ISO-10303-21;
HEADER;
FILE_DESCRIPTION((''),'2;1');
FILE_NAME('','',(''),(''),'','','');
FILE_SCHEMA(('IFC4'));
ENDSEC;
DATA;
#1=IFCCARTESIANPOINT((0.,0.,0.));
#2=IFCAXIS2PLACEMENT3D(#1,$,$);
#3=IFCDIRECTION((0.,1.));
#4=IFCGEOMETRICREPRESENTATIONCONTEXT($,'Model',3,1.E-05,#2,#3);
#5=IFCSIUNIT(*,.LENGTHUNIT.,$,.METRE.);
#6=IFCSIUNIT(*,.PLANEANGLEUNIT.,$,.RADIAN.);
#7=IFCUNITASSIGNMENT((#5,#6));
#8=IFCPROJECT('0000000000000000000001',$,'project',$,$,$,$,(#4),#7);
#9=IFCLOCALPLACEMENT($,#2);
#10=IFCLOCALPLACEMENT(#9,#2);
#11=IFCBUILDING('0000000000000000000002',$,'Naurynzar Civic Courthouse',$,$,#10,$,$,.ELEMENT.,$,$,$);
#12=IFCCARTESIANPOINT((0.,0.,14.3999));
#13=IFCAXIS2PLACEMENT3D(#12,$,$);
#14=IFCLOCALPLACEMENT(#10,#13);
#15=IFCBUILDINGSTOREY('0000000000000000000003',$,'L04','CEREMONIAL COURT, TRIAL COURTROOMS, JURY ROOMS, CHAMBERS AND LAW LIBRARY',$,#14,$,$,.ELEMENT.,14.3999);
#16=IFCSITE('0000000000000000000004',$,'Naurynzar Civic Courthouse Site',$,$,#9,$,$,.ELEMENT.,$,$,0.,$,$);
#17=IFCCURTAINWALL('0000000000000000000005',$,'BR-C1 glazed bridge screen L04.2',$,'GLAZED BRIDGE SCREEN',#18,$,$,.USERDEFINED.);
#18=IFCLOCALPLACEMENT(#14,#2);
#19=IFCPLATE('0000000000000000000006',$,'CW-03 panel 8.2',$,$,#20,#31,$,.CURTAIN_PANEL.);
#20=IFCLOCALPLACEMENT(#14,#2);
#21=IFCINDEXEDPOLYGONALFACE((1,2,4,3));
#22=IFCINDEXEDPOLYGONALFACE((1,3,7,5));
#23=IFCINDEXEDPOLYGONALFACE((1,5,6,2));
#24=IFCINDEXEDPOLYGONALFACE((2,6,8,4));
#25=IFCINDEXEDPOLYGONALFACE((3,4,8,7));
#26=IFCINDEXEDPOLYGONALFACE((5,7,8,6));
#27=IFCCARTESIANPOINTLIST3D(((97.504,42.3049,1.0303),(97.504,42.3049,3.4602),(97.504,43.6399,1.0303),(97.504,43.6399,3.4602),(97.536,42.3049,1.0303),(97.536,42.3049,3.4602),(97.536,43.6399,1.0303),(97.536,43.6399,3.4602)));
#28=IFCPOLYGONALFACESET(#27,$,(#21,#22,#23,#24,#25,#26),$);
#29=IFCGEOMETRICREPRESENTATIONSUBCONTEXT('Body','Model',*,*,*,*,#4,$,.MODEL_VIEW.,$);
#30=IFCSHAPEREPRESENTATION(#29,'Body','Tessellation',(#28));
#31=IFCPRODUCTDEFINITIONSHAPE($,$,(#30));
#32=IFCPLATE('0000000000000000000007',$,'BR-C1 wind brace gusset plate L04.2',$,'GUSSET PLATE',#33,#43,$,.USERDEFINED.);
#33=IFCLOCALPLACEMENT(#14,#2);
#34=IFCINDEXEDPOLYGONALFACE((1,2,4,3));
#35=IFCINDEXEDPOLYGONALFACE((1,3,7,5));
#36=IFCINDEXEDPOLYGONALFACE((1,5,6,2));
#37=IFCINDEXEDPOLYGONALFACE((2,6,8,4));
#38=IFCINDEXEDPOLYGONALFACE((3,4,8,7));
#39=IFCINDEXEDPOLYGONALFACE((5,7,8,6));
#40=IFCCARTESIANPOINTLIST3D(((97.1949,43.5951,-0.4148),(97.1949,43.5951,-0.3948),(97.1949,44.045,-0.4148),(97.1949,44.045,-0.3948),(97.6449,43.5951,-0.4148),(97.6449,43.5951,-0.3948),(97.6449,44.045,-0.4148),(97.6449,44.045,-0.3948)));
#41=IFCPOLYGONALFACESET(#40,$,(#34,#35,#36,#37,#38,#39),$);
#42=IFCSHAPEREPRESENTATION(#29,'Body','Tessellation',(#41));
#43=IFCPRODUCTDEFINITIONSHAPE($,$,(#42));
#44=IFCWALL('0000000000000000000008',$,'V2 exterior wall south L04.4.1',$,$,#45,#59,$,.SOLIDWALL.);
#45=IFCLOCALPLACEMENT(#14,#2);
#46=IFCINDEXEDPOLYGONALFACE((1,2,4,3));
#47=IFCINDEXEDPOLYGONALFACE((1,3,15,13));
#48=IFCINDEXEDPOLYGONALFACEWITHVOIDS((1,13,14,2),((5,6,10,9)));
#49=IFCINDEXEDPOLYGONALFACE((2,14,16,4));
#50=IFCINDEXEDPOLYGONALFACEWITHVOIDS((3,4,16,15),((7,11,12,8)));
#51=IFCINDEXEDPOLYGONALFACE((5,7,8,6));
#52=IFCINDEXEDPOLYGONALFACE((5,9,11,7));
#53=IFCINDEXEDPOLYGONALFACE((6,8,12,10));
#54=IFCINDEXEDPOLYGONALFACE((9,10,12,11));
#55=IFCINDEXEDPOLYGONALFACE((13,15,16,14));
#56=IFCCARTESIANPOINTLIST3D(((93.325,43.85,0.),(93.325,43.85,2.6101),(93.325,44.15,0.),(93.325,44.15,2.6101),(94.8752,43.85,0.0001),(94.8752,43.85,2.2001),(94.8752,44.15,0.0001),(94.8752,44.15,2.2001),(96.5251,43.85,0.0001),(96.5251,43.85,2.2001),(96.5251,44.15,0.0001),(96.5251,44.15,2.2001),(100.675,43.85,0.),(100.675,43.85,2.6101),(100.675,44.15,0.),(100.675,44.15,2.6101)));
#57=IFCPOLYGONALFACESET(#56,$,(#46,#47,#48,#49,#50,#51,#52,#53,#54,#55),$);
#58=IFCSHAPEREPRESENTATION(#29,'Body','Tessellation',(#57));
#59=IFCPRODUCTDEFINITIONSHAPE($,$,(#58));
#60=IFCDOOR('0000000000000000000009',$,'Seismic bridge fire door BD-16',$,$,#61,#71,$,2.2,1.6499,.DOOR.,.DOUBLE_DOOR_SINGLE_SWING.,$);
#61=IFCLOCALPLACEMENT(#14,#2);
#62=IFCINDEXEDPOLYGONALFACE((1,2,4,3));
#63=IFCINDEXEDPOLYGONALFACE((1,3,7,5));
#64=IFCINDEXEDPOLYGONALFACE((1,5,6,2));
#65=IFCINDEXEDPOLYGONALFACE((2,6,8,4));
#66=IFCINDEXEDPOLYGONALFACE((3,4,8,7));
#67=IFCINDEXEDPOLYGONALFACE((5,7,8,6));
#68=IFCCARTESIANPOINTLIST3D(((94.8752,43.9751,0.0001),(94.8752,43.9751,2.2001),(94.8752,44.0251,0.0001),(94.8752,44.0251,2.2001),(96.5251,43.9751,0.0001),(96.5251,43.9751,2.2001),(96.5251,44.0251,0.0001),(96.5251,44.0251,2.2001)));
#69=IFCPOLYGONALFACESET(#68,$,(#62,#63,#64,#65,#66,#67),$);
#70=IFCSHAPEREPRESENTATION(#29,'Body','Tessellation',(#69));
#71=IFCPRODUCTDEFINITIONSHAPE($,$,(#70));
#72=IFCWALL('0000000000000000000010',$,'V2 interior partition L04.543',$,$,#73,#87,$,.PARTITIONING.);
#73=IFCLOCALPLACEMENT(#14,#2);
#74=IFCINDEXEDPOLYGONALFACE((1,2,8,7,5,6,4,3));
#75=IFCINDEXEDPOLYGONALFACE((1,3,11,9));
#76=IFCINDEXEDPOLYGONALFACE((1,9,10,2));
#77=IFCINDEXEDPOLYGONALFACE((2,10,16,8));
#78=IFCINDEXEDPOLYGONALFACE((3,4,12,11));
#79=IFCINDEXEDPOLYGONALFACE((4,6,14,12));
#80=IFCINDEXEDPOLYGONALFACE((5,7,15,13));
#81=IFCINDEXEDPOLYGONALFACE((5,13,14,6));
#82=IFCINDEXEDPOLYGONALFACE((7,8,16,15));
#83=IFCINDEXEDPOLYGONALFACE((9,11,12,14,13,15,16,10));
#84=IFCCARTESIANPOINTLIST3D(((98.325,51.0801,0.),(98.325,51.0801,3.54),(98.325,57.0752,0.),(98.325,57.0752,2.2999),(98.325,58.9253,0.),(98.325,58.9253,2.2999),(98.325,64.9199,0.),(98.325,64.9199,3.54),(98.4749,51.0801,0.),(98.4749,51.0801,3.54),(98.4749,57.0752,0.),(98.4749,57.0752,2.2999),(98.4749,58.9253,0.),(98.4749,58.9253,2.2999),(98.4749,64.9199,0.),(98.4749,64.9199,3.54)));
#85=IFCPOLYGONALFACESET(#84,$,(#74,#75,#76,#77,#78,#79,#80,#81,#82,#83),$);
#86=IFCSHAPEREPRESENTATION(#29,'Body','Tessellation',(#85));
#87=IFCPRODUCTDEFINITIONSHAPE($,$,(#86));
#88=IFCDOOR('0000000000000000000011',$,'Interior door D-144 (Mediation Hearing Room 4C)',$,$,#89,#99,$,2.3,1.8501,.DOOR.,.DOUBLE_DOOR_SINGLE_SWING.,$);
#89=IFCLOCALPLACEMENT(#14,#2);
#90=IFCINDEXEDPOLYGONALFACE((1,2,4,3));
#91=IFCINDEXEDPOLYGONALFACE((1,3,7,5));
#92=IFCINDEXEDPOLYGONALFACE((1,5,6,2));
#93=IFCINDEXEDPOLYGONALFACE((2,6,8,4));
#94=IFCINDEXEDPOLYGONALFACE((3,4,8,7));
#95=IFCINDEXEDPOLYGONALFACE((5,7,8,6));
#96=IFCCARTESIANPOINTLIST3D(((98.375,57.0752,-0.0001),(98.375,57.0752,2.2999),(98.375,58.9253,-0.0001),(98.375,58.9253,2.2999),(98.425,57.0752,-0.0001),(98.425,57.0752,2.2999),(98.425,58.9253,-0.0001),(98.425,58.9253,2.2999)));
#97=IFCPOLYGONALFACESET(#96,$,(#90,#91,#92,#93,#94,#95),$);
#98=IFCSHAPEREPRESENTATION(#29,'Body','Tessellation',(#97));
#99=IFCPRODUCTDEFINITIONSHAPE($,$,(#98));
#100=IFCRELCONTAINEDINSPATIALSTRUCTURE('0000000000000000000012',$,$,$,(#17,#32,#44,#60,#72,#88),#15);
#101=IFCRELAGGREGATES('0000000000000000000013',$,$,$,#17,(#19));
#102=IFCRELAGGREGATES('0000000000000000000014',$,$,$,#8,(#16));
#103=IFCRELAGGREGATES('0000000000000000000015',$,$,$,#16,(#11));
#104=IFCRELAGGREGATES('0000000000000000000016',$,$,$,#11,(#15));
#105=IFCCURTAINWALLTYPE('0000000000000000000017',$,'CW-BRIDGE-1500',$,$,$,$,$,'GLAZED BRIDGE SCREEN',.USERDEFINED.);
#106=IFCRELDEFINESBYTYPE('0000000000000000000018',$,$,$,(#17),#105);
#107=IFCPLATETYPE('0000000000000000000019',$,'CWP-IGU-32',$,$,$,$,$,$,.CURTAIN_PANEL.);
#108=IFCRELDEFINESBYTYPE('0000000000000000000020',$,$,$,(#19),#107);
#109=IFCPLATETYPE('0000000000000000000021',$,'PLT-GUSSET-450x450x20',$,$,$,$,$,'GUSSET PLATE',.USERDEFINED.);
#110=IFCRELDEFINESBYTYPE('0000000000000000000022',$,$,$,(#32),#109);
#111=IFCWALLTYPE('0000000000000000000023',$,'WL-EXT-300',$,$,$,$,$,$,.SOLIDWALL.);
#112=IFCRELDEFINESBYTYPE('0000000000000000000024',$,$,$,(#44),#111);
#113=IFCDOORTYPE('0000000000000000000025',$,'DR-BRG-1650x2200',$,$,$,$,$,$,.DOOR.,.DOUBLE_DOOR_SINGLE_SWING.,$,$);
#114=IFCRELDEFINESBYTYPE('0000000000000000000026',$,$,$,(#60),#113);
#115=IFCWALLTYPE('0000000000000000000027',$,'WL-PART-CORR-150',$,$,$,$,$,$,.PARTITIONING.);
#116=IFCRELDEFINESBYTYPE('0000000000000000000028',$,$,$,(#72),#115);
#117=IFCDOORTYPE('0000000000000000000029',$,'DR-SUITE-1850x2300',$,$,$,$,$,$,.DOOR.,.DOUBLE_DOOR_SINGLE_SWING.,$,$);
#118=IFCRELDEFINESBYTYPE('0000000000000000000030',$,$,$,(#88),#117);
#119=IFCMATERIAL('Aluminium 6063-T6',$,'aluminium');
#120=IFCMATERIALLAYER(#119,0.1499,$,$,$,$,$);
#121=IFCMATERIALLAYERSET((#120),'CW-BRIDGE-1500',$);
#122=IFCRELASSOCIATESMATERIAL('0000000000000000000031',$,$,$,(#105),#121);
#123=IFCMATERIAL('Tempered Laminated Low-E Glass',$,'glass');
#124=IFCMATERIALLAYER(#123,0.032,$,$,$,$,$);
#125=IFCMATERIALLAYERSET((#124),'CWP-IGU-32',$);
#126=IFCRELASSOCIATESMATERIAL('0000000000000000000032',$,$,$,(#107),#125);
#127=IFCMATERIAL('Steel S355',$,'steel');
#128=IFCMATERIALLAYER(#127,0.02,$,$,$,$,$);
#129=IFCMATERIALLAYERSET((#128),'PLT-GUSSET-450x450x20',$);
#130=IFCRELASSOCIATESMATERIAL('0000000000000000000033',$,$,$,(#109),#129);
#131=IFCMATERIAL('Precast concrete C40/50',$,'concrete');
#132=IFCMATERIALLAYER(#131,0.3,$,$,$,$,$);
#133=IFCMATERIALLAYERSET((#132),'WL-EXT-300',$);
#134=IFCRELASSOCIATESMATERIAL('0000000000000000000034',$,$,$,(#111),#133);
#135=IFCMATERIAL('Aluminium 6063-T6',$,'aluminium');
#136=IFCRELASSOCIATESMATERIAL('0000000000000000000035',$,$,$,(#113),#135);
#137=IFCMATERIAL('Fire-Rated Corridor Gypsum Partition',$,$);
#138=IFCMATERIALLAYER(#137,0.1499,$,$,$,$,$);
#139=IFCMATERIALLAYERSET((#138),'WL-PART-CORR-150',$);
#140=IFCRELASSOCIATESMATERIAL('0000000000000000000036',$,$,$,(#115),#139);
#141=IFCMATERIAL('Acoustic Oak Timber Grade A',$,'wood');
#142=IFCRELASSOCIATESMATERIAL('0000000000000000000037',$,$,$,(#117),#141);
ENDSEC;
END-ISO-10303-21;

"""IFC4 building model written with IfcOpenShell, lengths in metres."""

from ifc_helpers import new_model, si_unit, direction, frame, frame_2d, origin, origin_2d, place, context, subcontext, project, spatial, rectangle, extrude, material, layer, layer_set, type_object, element, fill, aggregate, save


model = new_model("IFC4")

# Units and contexts
model_context = context("Model", 3, precision=1e-05, world=origin(), true_north=direction((0.0, 1.0)))
body_context = subcontext(model_context, "Body", "Model", "MODEL_VIEW")
ifc_project = project(units=[si_unit("LENGTHUNIT", "METRE"), si_unit("PLANEANGLEUNIT", "RADIAN")], contexts=[model_context])

# Site, building, storey
site_placement = place(None, origin())
site = spatial("IfcSite", under=ifc_project, at=site_placement, Name="Naurynzar Civic Courthouse Site", CompositionType="ELEMENT", RefElevation=0.0)
building_placement = place(site_placement, origin())
building = spatial("IfcBuilding", under=site, at=building_placement, Name="Naurynzar Civic Courthouse", CompositionType="ELEMENT")
storey_placement = place(building_placement, frame((0.0, 0.0, 14.3999)))
storey = spatial("IfcBuildingStorey", under=building, at=storey_placement, Name="L04", Description="CEREMONIAL COURT, TRIAL COURTROOMS, JURY ROOMS, CHAMBERS AND LAW LIBRARY", CompositionType="ELEMENT", Elevation=14.3999)

# Curtain wall
ifc_material_1 = material(Name="Aluminium 6063-T6", Category="aluminium")
ifc_layer_1 = layer(ifc_material_1, 0.1499)
ifc_layer_set_1 = layer_set([ifc_layer_1], Name="CW-BRIDGE-1500")
curtain_wall_type = type_object("IfcCurtainWallType", Name="CW-BRIDGE-1500", ElementType="GLAZED BRIDGE SCREEN", PredefinedType="USERDEFINED", material=ifc_layer_set_1)
curtain_wall_1_placement = place(storey_placement, origin())
curtain_wall_1 = element("IfcCurtainWall", 1, at=curtain_wall_1_placement, inside=storey, type_object=curtain_wall_type, Name="BR-C1 glazed bridge screen L04.2", ObjectType="GLAZED BRIDGE SCREEN", PredefinedType="USERDEFINED")

# Plates
ifc_material_2 = material(Name="Tempered Laminated Low-E Glass", Category="glass")
ifc_layer_2 = layer(ifc_material_2, 0.032)
ifc_layer_set_2 = layer_set([ifc_layer_2], Name="CWP-IGU-32")
plate_type_1 = type_object("IfcPlateType", Name="CWP-IGU-32", PredefinedType="CURTAIN_PANEL", material=ifc_layer_set_2)
plate_1_placement = place(storey_placement, frame((97.52, 42.9724, 1.0303), z_axis=(0.0, 0.0, 1.0), x_axis=(0.0, 1.0, 0.0)))
plate_1 = element("IfcPlate", 2, at=plate_1_placement, type_object=plate_type_1, Name="CW-03 panel 8.2", PredefinedType="CURTAIN_PANEL", context=body_context, shape_type="SweptSolid", body=[
    extrude(rectangle(XDim=1.335, YDim=0.032, at=origin_2d()), origin(), (0.0, 0.0, 1.0), 2.4299),
])
aggregate(curtain_wall_1, [plate_1])
ifc_material_3 = material(Name="Steel S355", Category="steel")
ifc_layer_3 = layer(ifc_material_3, 0.02)
ifc_layer_set_3 = layer_set([ifc_layer_3], Name="PLT-GUSSET-450x450x20")
plate_type_2 = type_object("IfcPlateType", Name="PLT-GUSSET-450x450x20", ElementType="GUSSET PLATE", PredefinedType="USERDEFINED", material=ifc_layer_set_3)
plate_2_placement = place(storey_placement, frame((97.4199, 43.8201, -0.4148), z_axis=(0.0, 0.0, 1.0), x_axis=(1.0, 0.0, 0.0)))
element("IfcPlate", 3, at=plate_2_placement, inside=storey, type_object=plate_type_2, Name="BR-C1 wind brace gusset plate L04.2", ObjectType="GUSSET PLATE", PredefinedType="USERDEFINED", context=body_context, shape_type="SweptSolid", body=[
    extrude(rectangle(XDim=0.45, YDim=0.45, at=origin_2d()), origin(), (0.0, 0.0, 1.0), 0.02),
])

# Walls, openings, doors
ifc_material_4 = material(Name="Precast concrete C40/50", Category="concrete")
ifc_layer_4 = layer(ifc_material_4, 0.3)
ifc_layer_set_4 = layer_set([ifc_layer_4], Name="WL-EXT-300")
wall_type_1 = type_object("IfcWallType", Name="WL-EXT-300", PredefinedType="SOLIDWALL", material=ifc_layer_set_4)
wall_1_placement = place(storey_placement, frame((100.675, 44.0, 0.0), z_axis=(0.0, 0.0, 1.0), x_axis=(-1.0, 0.0, 0.0)))
wall_1 = element("IfcWall", 4, at=wall_1_placement, inside=storey, type_object=wall_type_1, Name="V2 exterior wall south L04.4.1", PredefinedType="SOLIDWALL", context=body_context, shape_type="SweptSolid", body=[
    extrude(rectangle(XDim=7.3501, YDim=0.3, at=frame_2d((3.675, 0.0))), origin(), (0.0, 0.0, 1.0), 2.6101),
])
opening_1_placement = place(wall_1_placement, frame((4.1499, 0.0, 0.0)))
opening_1 = element("IfcOpeningElement", 5, at=opening_1_placement, cuts=wall_1, PredefinedType="OPENING", context=body_context, shape_type="SweptSolid", body=[
    extrude(rectangle(XDim=1.6499, YDim=2.2, at=frame_2d((0.825, 1.1001))), frame((0.0, 0.1599, 0.0), z_axis=(0.0, -1.0, 0.0), x_axis=(1.0, 0.0, 0.0)), (0.0, 0.0, 1.0), 0.3201),
])
ifc_material_5 = material(Name="Aluminium 6063-T6", Category="aluminium")
door_type_1 = type_object("IfcDoorType", Name="DR-BRG-1650x2200", OperationType="DOUBLE_DOOR_SINGLE_SWING", PredefinedType="DOOR", material=ifc_material_5)
door_1_placement = place(opening_1_placement, origin())
door_1 = element("IfcDoor", 6, at=door_1_placement, inside=storey, type_object=door_type_1, Name="Seismic bridge fire door BD-16", OperationType="DOUBLE_DOOR_SINGLE_SWING", OverallHeight=2.2, OverallWidth=1.6499, PredefinedType="DOOR", context=body_context, shape_type="SweptSolid", body=[
    extrude(rectangle(XDim=1.6499, YDim=2.2, at=frame_2d((0.825, 1.1001))), frame((0.0, 0.0249, 0.0), z_axis=(0.0, -1.0, 0.0), x_axis=(1.0, 0.0, 0.0)), (0.0, 0.0, 1.0), 0.05),
])
fill(opening_1, door_1)
ifc_material_6 = material(Name="Fire-Rated Corridor Gypsum Partition")
ifc_layer_5 = layer(ifc_material_6, 0.1499)
ifc_layer_set_5 = layer_set([ifc_layer_5], Name="WL-PART-CORR-150")
wall_type_2 = type_object("IfcWallType", Name="WL-PART-CORR-150", PredefinedType="PARTITIONING", material=ifc_layer_set_5)
wall_2_placement = place(storey_placement, frame((98.3999, 51.0801, 0.0), z_axis=(0.0, 0.0, 1.0), x_axis=(0.0, 1.0, 0.0)))
wall_2 = element("IfcWall", 7, at=wall_2_placement, inside=storey, type_object=wall_type_2, Name="V2 interior partition L04.543", PredefinedType="PARTITIONING", context=body_context, shape_type="SweptSolid", body=[
    extrude(rectangle(XDim=13.8398, YDim=0.1499, at=frame_2d((6.9199, 0.0))), origin(), (0.0, 0.0, 1.0), 3.54),
])
opening_2_placement = place(wall_2_placement, frame((5.9951, 0.0, 0.0)))
opening_2 = element("IfcOpeningElement", 8, at=opening_2_placement, cuts=wall_2, PredefinedType="OPENING", context=body_context, shape_type="SweptSolid", body=[
    extrude(rectangle(XDim=1.8501, YDim=2.3, at=frame_2d((0.925, 1.1499))), frame((0.0, 0.085, 0.0), z_axis=(0.0, -1.0, 0.0), x_axis=(1.0, 0.0, 0.0)), (0.0, 0.0, 1.0), 0.1699),
])
ifc_material_7 = material(Name="Acoustic Oak Timber Grade A", Category="wood")
door_type_2 = type_object("IfcDoorType", Name="DR-SUITE-1850x2300", OperationType="DOUBLE_DOOR_SINGLE_SWING", PredefinedType="DOOR", material=ifc_material_7)
door_2_placement = place(opening_2_placement, origin())
door_2 = element("IfcDoor", 9, at=door_2_placement, inside=storey, type_object=door_type_2, Name="Interior door D-144 (Mediation Hearing Room 4C)", OperationType="DOUBLE_DOOR_SINGLE_SWING", OverallHeight=2.3, OverallWidth=1.8501, PredefinedType="DOOR", context=body_context, shape_type="SweptSolid", body=[
    extrude(rectangle(XDim=1.8501, YDim=2.3, at=frame_2d((0.925, 1.1499))), frame((0.0, 0.0249, 0.0), z_axis=(0.0, -1.0, 0.0), x_axis=(1.0, 0.0, 0.0)), (0.0, 0.0, 1.0), 0.05),
])
fill(opening_2, door_2)

save(model, "model.ifc")
